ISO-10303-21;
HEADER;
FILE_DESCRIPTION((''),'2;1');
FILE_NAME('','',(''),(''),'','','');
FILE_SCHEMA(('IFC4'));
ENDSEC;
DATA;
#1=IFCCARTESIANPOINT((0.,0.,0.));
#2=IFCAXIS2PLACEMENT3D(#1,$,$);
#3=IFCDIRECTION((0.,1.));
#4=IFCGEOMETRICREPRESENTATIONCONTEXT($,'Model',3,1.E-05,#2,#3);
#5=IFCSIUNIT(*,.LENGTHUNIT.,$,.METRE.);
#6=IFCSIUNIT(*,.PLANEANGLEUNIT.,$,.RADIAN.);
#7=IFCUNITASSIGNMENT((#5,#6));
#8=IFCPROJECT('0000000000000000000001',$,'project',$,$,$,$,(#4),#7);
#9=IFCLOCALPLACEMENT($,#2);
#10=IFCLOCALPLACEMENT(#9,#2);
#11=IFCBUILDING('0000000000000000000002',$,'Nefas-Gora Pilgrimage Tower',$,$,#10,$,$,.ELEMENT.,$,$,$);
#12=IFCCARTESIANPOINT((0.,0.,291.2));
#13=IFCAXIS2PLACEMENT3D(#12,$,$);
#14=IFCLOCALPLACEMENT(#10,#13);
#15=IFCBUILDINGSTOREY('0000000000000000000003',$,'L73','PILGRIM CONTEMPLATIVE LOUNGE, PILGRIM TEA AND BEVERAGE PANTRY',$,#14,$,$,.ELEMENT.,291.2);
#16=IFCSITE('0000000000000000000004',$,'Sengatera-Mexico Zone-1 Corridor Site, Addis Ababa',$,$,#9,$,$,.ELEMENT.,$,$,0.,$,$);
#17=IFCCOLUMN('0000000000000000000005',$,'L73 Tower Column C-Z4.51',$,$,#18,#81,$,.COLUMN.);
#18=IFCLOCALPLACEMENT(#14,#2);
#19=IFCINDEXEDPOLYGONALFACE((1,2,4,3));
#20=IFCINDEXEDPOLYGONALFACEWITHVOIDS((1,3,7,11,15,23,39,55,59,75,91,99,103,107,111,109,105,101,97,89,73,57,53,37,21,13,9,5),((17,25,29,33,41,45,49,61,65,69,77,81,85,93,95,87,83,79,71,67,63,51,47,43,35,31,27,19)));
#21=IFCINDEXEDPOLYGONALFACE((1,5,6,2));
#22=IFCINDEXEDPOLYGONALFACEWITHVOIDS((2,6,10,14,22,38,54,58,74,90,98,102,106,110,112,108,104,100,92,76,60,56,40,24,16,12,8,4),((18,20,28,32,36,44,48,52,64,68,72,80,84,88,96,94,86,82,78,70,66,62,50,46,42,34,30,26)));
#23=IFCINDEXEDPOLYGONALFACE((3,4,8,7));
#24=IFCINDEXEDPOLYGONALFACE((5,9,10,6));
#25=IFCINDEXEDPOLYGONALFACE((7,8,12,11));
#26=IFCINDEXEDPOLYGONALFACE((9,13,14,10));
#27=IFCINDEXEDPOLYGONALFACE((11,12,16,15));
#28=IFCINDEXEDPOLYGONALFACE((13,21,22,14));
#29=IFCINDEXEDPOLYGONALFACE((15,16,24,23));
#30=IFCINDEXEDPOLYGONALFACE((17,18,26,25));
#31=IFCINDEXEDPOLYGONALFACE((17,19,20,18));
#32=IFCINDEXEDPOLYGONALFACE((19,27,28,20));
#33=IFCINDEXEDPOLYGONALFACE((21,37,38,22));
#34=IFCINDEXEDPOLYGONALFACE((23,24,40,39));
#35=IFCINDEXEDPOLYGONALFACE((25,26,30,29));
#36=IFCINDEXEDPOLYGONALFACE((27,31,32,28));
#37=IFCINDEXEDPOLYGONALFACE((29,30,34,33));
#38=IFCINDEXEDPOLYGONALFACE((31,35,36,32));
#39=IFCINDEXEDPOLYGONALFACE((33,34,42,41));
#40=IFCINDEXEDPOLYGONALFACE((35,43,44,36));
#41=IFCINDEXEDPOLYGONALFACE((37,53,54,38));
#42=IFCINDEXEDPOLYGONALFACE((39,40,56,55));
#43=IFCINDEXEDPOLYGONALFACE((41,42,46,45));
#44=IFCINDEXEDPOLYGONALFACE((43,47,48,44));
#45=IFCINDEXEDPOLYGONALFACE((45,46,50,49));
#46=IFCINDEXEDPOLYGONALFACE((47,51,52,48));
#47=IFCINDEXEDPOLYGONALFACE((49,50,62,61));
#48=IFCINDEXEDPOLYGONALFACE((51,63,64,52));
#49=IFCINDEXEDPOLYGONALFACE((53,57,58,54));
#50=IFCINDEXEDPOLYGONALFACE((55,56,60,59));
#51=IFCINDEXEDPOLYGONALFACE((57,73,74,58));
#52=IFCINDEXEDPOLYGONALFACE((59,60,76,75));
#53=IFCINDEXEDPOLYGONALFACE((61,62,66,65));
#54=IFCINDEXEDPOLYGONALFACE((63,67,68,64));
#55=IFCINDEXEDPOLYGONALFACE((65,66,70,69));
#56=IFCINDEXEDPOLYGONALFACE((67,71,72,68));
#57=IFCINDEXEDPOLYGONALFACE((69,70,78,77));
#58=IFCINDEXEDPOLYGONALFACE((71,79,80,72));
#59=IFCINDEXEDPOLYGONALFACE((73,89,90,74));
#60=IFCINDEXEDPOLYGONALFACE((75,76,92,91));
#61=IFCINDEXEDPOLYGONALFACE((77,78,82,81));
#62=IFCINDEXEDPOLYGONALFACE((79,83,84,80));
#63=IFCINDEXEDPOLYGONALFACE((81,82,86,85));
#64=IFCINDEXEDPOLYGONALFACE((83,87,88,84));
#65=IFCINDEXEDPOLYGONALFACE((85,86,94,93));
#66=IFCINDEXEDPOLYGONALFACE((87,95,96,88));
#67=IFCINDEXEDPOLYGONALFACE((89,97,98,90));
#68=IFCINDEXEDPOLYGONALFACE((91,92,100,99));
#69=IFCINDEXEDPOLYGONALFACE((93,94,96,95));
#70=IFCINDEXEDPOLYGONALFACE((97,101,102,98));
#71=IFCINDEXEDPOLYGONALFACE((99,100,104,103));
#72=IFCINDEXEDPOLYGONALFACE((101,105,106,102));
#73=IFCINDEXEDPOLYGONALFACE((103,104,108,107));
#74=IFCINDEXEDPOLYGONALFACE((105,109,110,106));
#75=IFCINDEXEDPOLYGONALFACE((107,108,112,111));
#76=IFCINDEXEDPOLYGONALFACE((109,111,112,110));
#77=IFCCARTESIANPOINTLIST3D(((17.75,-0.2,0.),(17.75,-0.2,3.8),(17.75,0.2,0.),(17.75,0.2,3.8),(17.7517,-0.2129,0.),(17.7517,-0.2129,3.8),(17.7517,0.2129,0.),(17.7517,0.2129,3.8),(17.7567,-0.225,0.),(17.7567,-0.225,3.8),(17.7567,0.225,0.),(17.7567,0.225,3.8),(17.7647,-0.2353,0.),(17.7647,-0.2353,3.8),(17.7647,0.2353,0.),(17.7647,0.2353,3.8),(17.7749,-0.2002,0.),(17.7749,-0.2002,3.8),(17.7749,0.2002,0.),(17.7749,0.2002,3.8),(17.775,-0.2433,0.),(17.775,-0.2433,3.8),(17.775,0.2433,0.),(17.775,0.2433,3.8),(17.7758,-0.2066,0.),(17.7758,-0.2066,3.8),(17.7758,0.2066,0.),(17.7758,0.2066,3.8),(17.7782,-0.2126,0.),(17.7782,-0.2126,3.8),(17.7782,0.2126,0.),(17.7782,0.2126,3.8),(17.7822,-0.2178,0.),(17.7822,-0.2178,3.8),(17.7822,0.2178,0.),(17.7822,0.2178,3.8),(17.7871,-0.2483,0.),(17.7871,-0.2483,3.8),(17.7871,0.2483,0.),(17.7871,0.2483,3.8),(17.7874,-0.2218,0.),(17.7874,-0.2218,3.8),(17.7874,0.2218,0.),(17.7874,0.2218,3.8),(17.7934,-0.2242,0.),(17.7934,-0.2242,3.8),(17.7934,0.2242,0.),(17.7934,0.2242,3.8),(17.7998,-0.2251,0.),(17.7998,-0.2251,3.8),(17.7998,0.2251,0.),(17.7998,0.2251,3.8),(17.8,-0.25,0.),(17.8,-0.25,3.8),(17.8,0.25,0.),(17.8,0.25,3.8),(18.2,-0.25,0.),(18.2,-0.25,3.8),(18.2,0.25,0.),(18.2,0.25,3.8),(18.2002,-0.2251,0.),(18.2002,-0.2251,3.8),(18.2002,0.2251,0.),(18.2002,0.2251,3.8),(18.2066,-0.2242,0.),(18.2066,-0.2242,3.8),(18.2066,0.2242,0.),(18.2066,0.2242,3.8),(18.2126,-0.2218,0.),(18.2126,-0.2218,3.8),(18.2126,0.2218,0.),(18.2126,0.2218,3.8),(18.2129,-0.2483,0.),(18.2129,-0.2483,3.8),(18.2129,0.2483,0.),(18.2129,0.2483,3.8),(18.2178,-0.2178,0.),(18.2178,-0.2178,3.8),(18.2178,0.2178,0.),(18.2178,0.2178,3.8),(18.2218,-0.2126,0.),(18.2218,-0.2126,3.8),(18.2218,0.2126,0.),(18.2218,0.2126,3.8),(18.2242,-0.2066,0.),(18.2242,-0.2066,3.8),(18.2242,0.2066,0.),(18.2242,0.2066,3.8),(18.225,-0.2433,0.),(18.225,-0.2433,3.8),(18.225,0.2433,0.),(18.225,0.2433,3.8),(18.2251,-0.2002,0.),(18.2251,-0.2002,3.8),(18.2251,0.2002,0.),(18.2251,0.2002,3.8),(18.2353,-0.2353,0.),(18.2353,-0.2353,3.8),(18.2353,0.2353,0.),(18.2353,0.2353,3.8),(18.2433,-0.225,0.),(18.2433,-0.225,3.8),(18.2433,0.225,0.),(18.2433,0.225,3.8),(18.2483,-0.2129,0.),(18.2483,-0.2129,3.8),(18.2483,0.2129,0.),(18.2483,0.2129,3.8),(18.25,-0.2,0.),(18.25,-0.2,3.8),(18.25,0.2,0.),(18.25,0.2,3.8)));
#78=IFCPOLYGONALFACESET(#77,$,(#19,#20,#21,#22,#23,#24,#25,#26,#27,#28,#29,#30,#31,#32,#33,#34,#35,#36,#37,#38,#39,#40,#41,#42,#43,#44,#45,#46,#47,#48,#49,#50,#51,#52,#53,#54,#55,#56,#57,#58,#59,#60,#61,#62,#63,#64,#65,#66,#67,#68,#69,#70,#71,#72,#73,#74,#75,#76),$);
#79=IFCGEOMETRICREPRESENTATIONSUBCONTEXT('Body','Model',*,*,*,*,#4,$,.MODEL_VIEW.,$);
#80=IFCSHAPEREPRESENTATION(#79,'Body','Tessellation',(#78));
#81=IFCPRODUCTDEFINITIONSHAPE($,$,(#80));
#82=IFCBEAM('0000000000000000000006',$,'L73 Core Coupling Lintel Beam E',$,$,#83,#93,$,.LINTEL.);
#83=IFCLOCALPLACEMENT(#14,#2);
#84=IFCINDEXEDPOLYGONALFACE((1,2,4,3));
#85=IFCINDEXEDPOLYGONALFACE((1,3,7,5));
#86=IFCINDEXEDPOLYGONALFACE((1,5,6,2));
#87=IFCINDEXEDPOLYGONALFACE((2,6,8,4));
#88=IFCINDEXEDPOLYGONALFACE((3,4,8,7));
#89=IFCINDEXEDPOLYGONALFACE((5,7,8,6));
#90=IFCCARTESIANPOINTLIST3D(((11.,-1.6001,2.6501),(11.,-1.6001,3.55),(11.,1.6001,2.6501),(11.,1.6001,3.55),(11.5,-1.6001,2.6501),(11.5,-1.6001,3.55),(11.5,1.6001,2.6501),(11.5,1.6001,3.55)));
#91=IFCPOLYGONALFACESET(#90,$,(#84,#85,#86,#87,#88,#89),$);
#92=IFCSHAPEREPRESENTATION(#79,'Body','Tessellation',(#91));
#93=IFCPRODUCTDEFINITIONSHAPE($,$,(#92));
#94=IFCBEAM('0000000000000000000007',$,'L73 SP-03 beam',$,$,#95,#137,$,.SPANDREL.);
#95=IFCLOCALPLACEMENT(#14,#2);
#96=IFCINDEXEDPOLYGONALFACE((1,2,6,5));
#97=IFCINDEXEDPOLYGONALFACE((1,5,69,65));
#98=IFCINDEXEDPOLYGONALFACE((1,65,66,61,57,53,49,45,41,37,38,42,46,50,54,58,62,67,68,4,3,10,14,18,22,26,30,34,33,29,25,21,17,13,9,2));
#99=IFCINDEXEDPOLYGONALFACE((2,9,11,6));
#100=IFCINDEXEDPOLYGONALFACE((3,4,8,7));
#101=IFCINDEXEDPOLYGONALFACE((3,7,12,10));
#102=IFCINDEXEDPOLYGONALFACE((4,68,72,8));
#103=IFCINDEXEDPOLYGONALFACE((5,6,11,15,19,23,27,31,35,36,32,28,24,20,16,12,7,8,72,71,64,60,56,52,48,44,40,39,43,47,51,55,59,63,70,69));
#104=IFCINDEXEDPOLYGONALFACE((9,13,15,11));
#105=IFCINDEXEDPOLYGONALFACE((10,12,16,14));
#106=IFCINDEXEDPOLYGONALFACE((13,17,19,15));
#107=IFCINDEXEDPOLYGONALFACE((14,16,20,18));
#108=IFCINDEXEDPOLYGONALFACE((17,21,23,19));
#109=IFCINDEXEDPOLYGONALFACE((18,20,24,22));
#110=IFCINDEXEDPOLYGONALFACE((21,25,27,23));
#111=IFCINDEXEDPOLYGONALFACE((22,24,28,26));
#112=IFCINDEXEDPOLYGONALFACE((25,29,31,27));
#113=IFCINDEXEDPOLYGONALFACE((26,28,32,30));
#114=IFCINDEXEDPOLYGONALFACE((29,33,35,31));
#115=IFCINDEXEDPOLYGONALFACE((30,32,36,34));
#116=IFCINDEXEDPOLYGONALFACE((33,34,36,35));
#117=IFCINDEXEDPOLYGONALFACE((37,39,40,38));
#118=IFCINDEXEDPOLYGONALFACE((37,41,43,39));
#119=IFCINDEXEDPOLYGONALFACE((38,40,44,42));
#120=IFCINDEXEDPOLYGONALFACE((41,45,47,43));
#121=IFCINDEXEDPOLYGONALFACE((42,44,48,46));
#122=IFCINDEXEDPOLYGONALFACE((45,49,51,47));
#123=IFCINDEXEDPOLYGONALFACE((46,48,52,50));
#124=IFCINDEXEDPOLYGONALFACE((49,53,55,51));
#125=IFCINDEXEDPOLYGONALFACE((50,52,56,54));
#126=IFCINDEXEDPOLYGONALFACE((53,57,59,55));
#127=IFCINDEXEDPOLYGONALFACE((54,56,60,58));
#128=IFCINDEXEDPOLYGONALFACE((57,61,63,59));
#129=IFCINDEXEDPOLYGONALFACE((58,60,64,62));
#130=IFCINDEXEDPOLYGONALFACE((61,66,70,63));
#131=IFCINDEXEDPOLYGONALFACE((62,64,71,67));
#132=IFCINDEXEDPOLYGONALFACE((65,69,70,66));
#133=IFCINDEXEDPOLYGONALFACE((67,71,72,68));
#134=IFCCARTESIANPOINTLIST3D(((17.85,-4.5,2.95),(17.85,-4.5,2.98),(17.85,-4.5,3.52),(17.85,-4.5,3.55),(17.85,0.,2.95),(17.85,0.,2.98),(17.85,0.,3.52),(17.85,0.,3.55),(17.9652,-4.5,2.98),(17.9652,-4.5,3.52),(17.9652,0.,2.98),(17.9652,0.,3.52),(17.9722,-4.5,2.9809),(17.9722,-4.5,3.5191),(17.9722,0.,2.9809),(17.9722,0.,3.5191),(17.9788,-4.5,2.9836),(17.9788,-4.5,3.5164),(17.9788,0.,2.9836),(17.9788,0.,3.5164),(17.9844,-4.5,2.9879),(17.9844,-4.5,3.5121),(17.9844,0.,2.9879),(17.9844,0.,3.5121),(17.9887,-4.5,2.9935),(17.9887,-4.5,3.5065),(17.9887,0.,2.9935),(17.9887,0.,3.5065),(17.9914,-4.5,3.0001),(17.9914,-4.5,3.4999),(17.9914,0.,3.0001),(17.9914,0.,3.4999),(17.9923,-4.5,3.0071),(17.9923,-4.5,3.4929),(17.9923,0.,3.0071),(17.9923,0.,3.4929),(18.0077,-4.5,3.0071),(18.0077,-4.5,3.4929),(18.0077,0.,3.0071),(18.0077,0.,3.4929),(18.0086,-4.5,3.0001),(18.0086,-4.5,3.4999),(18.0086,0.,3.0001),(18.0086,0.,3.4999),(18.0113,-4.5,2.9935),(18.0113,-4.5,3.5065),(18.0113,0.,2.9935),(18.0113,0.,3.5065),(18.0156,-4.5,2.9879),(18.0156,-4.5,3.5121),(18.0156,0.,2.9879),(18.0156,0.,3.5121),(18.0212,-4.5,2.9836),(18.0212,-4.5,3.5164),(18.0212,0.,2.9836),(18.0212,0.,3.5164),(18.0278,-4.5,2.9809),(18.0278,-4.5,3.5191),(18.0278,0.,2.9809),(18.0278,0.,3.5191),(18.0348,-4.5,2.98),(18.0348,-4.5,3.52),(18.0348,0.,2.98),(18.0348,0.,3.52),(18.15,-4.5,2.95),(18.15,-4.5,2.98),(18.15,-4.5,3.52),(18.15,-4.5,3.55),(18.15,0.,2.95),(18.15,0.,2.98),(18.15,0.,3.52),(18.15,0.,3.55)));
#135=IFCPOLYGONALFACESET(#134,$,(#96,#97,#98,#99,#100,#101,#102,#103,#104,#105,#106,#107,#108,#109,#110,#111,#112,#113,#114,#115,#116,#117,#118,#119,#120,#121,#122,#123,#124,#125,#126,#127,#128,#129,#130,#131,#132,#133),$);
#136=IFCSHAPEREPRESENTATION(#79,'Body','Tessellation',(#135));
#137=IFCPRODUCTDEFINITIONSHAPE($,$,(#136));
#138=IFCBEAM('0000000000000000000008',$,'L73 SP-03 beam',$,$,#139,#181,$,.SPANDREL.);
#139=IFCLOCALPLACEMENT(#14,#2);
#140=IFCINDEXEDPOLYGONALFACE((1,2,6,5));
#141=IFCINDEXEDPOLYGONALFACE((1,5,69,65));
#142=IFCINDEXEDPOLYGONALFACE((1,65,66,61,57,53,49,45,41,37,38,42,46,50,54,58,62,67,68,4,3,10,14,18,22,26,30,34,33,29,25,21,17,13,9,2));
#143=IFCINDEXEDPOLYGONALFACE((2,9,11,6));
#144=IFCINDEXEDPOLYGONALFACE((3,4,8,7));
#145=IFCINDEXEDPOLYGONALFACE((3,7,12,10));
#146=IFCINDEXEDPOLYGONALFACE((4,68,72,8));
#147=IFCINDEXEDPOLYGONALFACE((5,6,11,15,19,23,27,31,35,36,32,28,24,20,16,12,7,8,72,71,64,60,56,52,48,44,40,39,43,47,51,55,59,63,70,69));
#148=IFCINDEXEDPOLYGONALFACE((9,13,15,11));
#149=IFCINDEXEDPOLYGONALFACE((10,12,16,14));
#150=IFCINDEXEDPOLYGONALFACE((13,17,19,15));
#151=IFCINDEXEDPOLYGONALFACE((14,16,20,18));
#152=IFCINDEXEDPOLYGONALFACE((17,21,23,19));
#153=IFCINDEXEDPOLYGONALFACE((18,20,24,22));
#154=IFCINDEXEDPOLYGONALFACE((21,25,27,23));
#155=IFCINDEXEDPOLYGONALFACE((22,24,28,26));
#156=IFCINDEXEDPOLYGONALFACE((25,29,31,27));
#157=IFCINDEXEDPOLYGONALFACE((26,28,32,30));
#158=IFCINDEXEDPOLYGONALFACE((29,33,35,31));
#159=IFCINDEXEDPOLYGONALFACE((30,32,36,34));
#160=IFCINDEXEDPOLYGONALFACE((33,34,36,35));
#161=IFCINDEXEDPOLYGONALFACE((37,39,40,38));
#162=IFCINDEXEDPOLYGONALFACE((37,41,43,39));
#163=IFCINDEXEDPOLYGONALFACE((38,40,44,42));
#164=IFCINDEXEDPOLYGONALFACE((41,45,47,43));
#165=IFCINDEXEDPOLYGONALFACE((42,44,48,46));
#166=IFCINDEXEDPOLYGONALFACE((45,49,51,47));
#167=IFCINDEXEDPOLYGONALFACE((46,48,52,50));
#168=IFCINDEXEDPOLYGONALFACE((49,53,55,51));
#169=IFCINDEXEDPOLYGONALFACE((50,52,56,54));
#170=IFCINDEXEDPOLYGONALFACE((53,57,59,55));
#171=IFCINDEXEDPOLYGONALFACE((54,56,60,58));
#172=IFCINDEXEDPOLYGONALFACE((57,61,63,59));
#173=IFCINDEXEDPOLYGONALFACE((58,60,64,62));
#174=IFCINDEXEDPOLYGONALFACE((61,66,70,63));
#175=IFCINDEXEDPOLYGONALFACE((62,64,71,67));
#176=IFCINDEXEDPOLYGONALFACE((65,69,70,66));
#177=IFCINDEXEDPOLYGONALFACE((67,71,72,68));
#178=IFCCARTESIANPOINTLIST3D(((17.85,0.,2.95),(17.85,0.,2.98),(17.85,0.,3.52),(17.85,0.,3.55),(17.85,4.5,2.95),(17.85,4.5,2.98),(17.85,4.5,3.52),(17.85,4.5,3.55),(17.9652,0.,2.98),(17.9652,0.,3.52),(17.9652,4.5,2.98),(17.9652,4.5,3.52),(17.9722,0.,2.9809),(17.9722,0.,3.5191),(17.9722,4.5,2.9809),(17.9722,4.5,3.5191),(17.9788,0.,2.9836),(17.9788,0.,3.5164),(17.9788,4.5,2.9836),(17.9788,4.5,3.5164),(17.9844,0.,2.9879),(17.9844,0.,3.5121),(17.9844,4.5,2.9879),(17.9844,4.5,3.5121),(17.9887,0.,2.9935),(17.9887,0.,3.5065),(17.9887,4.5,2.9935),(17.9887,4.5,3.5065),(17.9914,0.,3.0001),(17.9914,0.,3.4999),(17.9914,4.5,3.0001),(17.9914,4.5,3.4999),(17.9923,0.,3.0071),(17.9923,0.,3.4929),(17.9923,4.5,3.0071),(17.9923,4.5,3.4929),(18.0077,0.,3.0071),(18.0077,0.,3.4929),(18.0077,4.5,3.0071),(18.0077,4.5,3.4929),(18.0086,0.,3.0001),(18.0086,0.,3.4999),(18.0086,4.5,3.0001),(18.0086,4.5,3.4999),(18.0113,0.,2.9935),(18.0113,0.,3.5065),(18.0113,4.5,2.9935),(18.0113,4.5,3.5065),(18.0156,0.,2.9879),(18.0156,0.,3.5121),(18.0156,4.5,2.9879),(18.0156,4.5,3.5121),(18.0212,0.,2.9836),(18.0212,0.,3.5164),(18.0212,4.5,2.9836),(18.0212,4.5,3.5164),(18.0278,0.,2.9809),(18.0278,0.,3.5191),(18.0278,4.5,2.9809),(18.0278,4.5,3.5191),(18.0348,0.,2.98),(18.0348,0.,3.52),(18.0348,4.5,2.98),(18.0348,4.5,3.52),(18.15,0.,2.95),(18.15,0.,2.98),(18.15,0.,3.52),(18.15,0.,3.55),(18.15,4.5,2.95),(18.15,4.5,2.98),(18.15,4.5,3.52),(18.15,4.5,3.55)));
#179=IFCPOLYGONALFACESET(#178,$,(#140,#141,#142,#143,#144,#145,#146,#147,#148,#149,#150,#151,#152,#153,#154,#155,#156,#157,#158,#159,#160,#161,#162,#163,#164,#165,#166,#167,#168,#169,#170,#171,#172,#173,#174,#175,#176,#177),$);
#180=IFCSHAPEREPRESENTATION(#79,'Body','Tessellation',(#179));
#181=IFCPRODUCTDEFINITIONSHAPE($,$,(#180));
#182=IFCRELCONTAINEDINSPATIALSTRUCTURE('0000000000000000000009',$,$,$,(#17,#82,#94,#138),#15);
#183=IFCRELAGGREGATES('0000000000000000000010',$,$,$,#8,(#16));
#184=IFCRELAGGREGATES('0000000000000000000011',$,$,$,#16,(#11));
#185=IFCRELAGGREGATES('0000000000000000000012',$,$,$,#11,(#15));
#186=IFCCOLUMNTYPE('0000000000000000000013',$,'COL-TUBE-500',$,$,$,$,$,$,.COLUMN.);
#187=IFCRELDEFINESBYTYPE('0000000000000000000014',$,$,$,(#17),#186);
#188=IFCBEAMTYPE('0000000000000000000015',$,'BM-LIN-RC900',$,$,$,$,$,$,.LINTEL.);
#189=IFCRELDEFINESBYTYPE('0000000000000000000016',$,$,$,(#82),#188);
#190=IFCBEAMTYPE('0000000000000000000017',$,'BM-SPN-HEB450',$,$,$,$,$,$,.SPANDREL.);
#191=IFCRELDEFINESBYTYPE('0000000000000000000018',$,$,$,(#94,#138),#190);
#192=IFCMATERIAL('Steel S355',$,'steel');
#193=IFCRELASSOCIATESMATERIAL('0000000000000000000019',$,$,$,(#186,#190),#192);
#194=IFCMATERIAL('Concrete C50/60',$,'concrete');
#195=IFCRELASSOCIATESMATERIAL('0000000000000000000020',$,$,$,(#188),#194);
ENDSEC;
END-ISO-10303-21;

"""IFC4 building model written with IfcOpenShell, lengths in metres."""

from ifc_helpers import new_model, si_unit, direction, frame, origin, origin_2d, place, context, subcontext, project, spatial, rectangle, hollow_rectangle, i_section, extrude, source, transform, mapped, material, material_profile, profile_set, type_object, element, save


model = new_model("IFC4")

# Units and contexts
model_context = context("Model", 3, precision=1e-05, world=origin(), true_north=direction((0.0, 1.0)))
body_context = subcontext(model_context, "Body", "Model", "MODEL_VIEW")
ifc_project = project(units=[si_unit("LENGTHUNIT", "METRE"), si_unit("PLANEANGLEUNIT", "RADIAN")], contexts=[model_context])

# Site, building, storey
site_placement = place(None, origin())
site = spatial("IfcSite", under=ifc_project, at=site_placement, Name="Sengatera-Mexico Zone-1 Corridor Site, Addis Ababa", CompositionType="ELEMENT", RefElevation=0.0)
building_placement = place(site_placement, origin())
building = spatial("IfcBuilding", under=site, at=building_placement, Name="Nefas-Gora Pilgrimage Tower", CompositionType="ELEMENT")
storey_placement = place(building_placement, frame((0.0, 0.0, 291.2)))
storey = spatial("IfcBuildingStorey", under=building, at=storey_placement, Name="L73", Description="PILGRIM CONTEMPLATIVE LOUNGE, PILGRIM TEA AND BEVERAGE PANTRY", CompositionType="ELEMENT", Elevation=291.2)

# Column
ifc_material_1 = material(Name="Steel S355", Category="steel")
ifc_material_profile_1 = material_profile(ifc_material_1, hollow_rectangle(XDim=0.5, YDim=0.5, WallThickness=0.0249, InnerFilletRadius=0.0249, OuterFilletRadius=0.05, at=origin_2d()), Name="SHS 500x500x25")
ifc_profile_set_1 = profile_set([ifc_material_profile_1], Name="Steel S355")
column_type_1 = type_object("IfcColumnType", Name="COL-TUBE-500", PredefinedType="COLUMN", material=ifc_profile_set_1)
shared_shape_1 = source(origin(), body_context, "Body", "SweptSolid", [
    extrude(hollow_rectangle(XDim=0.5, YDim=0.5, WallThickness=0.0249, InnerFilletRadius=0.0249, OuterFilletRadius=0.05, at=origin_2d()), origin(), (0.0, 0.0, 1.0), 3.8),
])
for number, where, z_axis, x_axis, name in (
    (1, (18.0, 0.0, 0.0), (0.0, 0.0, 1.0), (1.0, 0.0, 0.0), "L73 Tower Column C-Z4.51"),
):
    element("IfcColumn", number, at=place(storey_placement, frame(where, z_axis=z_axis, x_axis=x_axis)), inside=storey, type_object=column_type_1, Name=name, PredefinedType="COLUMN", context=body_context, shape_type="MappedRepresentation", body=[
        mapped(shared_shape_1, transform((0.0, 0.0, 0.0), x_axis=(1.0, 0.0, 0.0), y_axis=(0.0, 1.0, 0.0), z_axis=(0.0, 0.0, 1.0), scale=1.0)),
    ])

# Beams
ifc_material_2 = material(Name="Concrete C50/60", Category="concrete")
ifc_material_profile_2 = material_profile(ifc_material_2, rectangle(XDim=0.5, YDim=0.8999, at=origin_2d()), Name="RC 500x900")
ifc_profile_set_2 = profile_set([ifc_material_profile_2], Name="Concrete C50/60")
beam_type_1 = type_object("IfcBeamType", Name="BM-LIN-RC900", PredefinedType="LINTEL", material=ifc_profile_set_2)
shared_shape_2 = source(origin(), body_context, "Body", "SweptSolid", [
    extrude(rectangle(XDim=0.5, YDim=0.8999, at=origin_2d()), origin(), (0.0, 0.0, 1.0), 3.2002),
])
beam_placement = place(storey_placement, frame((11.25, -1.6001, 3.1001), z_axis=(0.0, 1.0, 0.0), x_axis=(-1.0, 0.0, 0.0)))
element("IfcBeam", 2, at=beam_placement, inside=storey, type_object=beam_type_1, Name="L73 Core Coupling Lintel Beam E", PredefinedType="LINTEL", context=body_context, shape_type="MappedRepresentation", body=[
    mapped(shared_shape_2, transform((0.0, 0.0, 0.0), x_axis=(1.0, 0.0, 0.0), y_axis=(0.0, 1.0, 0.0), z_axis=(0.0, 0.0, 1.0), scale=1.0)),
])
ifc_material_profile_3 = material_profile(ifc_material_1, i_section(OverallWidth=0.3, OverallDepth=0.6001, WebThickness=0.0154, FlangeThickness=0.03, FilletRadius=0.0271, at=origin_2d()), Name="HEB 600")
ifc_profile_set_3 = profile_set([ifc_material_profile_3], Name="Steel S355")
beam_type_2 = type_object("IfcBeamType", Name="BM-SPN-HEB450", PredefinedType="SPANDREL", material=ifc_profile_set_3)
shared_shape_3 = source(origin(), body_context, "Body", "SweptSolid", [
    extrude(i_section(OverallWidth=0.3, OverallDepth=0.6001, WebThickness=0.0154, FlangeThickness=0.03, FilletRadius=0.0271, at=origin_2d()), origin(), (0.0, 0.0, 1.0), 4.5),
])
for number, where, z_axis, x_axis, name in (
    (3, (18.0, -4.5, 3.25), (0.0, 1.0, 0.0), (-1.0, 0.0, 0.0), "L73 SP-03 beam"),
    (4, (18.0, 0.0, 3.25), (0.0, 1.0, 0.0), (-1.0, 0.0, 0.0), "L73 SP-03 beam"),
):
    element("IfcBeam", number, at=place(storey_placement, frame(where, z_axis=z_axis, x_axis=x_axis)), inside=storey, type_object=beam_type_2, Name=name, PredefinedType="SPANDREL", context=body_context, shape_type="MappedRepresentation", body=[
        mapped(shared_shape_3, transform((0.0, 0.0, 0.0), x_axis=(1.0, 0.0, 0.0), y_axis=(0.0, 1.0, 0.0), z_axis=(0.0, 0.0, 1.0), scale=1.0)),
    ])

save(model, "model.ifc")
